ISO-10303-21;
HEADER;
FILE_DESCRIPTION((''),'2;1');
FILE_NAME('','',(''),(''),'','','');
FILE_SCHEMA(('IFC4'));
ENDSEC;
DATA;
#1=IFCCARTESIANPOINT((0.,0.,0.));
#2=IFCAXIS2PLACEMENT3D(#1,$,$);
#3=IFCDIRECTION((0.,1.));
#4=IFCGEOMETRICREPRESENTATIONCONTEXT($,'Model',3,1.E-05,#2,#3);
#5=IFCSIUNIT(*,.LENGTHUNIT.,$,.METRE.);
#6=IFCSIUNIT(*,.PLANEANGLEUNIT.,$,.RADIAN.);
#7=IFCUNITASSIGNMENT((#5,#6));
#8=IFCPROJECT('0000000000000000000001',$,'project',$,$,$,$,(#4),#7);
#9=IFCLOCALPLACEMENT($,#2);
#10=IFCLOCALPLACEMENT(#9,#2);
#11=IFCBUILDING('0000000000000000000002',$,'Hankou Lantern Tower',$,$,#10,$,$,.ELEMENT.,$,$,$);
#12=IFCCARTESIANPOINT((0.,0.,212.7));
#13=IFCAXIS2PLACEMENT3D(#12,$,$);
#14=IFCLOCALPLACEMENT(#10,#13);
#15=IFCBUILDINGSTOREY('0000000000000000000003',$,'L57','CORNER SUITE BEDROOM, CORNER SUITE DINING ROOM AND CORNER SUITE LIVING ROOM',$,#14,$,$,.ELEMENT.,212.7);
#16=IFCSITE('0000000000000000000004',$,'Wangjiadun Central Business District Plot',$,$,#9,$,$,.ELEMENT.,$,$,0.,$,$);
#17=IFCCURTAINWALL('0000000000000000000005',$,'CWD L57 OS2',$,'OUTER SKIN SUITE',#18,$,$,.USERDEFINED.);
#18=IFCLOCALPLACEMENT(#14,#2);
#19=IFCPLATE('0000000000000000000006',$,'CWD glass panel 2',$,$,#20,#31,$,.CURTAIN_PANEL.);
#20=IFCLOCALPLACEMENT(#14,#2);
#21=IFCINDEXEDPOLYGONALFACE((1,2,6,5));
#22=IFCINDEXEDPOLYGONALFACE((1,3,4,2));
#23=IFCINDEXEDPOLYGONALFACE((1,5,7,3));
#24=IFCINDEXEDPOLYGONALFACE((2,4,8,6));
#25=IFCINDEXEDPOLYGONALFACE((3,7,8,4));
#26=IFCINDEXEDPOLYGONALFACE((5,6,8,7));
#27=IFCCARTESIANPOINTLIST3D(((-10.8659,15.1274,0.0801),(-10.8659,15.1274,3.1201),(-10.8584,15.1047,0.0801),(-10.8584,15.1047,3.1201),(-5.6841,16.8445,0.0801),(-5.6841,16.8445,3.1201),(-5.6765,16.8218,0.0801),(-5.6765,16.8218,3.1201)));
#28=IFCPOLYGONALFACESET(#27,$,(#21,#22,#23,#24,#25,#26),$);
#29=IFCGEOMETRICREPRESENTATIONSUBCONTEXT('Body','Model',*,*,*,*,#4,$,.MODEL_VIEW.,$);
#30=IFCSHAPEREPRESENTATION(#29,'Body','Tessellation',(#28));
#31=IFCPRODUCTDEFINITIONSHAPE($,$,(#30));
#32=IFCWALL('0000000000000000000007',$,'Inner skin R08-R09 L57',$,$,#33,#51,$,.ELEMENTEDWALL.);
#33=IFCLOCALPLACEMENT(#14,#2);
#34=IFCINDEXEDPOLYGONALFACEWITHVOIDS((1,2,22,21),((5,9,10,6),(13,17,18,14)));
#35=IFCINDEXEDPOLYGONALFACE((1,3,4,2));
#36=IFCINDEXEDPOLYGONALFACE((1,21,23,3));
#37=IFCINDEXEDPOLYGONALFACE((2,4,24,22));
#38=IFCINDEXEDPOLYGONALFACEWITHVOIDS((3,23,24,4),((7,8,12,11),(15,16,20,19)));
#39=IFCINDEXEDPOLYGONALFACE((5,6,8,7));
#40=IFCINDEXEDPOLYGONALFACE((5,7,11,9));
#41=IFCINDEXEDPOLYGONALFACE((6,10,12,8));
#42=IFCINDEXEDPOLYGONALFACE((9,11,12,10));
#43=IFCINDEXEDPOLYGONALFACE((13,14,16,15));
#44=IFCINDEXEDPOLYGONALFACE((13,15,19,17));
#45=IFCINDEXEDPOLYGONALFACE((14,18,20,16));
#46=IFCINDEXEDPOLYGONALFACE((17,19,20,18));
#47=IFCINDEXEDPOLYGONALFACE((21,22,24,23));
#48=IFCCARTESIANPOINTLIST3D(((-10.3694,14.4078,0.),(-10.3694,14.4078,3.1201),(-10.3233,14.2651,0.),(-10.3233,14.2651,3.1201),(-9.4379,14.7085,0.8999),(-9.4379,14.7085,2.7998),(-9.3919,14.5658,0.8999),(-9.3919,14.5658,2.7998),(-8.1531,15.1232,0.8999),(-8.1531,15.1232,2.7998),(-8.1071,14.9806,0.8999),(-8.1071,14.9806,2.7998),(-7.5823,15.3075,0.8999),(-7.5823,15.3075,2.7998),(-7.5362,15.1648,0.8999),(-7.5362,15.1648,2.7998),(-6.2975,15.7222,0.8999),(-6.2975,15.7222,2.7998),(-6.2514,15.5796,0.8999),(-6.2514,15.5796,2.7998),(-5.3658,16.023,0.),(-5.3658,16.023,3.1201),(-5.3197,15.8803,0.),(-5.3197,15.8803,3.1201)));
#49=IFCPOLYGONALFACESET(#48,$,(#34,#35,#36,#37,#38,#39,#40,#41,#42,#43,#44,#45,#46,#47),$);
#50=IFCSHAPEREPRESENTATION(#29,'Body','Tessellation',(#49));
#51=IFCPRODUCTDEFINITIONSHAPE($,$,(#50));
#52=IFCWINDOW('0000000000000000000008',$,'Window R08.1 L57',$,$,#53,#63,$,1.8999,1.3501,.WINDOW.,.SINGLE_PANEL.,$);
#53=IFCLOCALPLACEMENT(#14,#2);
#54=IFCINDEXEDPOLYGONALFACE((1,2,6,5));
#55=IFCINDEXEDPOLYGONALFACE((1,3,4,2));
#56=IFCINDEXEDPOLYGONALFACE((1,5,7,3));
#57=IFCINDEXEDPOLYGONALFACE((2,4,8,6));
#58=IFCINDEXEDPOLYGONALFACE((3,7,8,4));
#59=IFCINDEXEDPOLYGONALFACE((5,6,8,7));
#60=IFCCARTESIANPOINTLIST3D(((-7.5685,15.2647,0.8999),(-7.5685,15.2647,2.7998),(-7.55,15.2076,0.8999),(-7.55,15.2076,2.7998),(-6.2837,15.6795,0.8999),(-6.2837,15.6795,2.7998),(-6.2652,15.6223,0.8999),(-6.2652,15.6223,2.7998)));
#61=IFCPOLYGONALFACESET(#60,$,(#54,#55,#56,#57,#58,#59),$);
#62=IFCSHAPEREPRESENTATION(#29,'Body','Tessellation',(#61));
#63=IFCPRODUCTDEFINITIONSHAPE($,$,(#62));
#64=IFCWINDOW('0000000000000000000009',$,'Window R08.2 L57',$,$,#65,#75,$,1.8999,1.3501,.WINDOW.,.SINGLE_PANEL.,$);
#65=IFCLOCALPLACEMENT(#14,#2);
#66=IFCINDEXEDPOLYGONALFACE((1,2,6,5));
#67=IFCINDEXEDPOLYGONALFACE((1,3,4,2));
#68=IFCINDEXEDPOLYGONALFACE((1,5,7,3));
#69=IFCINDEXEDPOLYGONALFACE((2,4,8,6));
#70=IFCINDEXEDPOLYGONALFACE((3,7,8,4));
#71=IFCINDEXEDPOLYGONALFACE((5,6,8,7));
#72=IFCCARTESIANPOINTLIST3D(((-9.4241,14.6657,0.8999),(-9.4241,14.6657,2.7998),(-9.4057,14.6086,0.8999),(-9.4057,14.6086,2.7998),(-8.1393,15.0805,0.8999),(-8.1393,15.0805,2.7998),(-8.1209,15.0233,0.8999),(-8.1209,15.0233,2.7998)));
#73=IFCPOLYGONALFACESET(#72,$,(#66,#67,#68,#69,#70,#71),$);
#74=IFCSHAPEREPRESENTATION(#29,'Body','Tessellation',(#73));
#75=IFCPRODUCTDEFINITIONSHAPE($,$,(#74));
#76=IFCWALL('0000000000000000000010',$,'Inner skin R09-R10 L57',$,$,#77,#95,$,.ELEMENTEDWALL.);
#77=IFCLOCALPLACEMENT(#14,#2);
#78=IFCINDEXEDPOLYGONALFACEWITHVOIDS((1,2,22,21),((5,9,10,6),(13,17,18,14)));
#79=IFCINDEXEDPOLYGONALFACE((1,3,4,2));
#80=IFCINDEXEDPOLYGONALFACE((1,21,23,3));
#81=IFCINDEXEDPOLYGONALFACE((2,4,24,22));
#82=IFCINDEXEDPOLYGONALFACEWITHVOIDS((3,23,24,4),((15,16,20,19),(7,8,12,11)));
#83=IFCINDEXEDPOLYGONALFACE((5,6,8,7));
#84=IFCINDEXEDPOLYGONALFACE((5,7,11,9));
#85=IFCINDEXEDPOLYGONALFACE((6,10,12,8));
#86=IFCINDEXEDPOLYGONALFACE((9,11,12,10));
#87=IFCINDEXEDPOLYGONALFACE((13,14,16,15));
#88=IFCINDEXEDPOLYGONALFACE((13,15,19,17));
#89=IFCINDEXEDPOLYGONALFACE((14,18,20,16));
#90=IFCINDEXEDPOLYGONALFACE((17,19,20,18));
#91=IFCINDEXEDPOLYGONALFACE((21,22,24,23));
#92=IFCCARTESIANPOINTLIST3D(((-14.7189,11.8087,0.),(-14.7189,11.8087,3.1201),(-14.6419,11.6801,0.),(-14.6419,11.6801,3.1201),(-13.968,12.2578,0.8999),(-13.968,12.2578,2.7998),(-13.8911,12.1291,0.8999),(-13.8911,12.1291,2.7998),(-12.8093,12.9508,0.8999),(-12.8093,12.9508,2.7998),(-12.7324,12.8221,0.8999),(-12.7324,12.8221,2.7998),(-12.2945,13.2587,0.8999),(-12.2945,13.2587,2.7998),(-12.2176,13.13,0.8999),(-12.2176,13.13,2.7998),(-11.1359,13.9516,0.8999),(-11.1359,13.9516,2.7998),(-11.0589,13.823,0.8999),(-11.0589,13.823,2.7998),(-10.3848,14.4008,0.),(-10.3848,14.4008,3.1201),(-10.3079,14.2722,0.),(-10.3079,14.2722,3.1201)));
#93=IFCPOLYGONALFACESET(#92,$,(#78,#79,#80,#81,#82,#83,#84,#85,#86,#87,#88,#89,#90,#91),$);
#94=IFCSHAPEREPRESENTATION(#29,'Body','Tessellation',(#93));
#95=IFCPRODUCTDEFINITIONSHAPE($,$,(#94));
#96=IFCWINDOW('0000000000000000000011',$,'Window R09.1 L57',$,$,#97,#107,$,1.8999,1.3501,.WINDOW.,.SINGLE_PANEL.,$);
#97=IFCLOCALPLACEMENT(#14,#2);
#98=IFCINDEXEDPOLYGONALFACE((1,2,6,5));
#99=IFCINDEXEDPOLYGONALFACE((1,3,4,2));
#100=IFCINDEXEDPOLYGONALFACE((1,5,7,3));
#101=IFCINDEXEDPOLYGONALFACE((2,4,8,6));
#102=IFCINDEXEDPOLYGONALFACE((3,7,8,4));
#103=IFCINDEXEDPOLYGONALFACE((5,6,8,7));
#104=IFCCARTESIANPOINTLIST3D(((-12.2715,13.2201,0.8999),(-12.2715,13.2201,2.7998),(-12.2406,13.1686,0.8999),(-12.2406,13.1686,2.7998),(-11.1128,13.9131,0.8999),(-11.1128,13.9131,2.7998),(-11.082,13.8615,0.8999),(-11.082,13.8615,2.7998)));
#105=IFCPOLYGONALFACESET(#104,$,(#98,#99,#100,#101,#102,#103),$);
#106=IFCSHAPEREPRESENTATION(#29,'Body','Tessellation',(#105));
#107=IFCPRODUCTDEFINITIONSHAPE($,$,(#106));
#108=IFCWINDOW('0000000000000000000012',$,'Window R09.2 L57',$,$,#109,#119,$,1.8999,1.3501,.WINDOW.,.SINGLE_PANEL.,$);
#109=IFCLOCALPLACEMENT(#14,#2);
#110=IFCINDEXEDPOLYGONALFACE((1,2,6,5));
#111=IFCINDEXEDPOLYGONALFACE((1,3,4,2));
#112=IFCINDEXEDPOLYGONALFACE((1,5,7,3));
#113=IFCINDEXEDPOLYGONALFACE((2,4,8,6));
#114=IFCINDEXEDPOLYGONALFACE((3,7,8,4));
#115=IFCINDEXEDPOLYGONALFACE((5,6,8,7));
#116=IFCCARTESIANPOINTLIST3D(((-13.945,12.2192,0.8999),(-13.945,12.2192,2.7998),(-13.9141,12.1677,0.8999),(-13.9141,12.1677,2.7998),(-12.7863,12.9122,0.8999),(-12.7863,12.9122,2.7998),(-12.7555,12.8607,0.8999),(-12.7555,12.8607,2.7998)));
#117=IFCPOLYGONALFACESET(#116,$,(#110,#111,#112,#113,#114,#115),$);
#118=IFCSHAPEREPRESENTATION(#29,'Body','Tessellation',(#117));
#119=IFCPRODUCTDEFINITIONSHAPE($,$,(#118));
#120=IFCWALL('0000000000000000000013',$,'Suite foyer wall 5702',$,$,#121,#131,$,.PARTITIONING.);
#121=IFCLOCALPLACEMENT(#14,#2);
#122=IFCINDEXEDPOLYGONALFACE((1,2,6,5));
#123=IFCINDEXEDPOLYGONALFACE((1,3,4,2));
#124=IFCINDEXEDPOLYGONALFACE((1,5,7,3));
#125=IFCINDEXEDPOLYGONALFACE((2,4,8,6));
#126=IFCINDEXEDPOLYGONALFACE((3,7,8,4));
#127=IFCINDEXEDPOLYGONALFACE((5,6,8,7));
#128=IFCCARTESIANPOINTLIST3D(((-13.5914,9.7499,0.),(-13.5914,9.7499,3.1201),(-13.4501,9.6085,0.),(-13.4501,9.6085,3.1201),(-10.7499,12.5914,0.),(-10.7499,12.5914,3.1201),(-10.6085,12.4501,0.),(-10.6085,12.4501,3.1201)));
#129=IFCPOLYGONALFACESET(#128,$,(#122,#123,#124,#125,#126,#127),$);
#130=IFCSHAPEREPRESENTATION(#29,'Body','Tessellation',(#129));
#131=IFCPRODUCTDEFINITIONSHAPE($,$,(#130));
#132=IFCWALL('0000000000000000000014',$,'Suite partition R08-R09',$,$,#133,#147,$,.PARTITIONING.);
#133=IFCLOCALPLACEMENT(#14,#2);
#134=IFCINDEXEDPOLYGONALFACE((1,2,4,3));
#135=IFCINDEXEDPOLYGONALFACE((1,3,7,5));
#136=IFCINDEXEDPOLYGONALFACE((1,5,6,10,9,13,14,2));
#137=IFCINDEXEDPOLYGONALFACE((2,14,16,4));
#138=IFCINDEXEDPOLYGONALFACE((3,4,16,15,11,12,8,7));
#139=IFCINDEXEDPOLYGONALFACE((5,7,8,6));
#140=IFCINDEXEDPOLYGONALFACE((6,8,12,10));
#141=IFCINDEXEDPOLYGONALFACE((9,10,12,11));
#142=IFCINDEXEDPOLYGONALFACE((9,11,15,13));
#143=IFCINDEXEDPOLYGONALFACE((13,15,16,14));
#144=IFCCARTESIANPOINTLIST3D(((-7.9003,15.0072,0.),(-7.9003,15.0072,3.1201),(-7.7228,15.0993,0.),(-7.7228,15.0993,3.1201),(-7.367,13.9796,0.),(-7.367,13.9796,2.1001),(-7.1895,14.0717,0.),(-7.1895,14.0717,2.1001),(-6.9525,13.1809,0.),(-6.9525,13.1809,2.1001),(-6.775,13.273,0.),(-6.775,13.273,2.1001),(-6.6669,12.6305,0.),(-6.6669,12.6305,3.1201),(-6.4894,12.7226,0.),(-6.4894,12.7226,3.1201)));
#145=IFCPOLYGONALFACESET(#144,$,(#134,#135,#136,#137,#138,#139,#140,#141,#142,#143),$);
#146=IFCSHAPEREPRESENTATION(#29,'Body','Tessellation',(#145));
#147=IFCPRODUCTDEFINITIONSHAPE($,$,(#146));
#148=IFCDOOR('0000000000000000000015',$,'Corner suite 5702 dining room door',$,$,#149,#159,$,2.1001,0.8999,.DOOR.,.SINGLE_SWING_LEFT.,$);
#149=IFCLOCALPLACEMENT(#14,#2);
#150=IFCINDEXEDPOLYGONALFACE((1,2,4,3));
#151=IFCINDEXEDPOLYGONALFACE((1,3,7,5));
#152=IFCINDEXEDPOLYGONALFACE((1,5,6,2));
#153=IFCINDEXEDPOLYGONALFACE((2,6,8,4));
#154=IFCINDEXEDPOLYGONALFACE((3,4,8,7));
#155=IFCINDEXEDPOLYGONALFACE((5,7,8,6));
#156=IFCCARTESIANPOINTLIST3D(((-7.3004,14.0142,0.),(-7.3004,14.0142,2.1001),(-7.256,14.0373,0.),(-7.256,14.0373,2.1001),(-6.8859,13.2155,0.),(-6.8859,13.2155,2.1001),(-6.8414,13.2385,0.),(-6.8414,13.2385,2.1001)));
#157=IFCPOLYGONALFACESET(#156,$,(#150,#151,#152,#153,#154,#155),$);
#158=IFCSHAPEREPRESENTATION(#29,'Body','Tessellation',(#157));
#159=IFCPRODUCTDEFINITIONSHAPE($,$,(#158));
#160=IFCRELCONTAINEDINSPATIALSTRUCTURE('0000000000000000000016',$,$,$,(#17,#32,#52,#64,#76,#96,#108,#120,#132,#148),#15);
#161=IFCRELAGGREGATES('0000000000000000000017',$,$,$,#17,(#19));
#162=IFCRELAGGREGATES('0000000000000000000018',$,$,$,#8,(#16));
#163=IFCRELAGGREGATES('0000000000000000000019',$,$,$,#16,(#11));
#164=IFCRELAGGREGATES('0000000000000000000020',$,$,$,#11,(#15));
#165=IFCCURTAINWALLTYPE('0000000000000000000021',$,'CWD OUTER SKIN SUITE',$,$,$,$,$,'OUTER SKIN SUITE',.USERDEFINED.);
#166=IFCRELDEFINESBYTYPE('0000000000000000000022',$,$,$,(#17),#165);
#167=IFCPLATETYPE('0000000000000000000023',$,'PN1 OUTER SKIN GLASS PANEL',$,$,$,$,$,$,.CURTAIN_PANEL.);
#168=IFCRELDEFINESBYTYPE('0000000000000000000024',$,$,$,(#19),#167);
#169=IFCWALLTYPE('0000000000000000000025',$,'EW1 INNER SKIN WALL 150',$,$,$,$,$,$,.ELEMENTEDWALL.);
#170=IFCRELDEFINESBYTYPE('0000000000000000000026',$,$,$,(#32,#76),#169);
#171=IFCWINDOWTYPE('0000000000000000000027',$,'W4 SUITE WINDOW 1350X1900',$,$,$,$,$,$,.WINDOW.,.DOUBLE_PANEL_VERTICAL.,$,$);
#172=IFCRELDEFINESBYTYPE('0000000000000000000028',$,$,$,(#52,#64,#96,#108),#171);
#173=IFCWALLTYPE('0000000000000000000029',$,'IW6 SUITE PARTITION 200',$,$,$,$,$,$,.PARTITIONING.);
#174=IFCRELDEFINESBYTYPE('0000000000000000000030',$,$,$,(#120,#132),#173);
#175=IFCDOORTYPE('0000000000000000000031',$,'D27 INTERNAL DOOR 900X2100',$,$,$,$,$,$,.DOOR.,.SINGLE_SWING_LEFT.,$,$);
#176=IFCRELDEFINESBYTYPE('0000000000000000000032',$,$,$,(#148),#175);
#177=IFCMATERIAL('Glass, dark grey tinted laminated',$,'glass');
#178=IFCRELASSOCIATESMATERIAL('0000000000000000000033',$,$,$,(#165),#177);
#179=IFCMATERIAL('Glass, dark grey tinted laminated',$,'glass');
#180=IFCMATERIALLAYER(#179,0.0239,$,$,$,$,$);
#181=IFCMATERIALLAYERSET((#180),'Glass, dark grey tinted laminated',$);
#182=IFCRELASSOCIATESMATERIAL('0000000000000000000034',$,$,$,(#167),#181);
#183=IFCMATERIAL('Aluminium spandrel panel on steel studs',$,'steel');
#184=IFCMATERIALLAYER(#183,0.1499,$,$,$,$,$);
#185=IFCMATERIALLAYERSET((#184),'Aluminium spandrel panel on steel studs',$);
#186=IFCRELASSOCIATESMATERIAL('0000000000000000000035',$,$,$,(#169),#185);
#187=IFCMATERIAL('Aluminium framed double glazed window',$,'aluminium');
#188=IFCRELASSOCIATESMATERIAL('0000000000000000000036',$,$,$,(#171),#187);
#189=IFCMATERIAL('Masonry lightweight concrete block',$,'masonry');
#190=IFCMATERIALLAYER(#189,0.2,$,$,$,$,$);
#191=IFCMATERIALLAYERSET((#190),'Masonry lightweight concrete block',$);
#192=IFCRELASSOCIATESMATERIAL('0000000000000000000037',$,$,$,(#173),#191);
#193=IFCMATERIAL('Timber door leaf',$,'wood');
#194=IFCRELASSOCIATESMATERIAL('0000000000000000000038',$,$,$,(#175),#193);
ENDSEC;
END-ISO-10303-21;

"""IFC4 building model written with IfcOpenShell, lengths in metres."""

from ifc_helpers import new_model, si_unit, direction, frame, frame_2d, origin, origin_2d, place, context, subcontext, project, spatial, rectangle, extrude, material, layer, layer_set, type_object, element, fill, aggregate, save


model = new_model("IFC4")

# Units and contexts
model_context = context("Model", 3, precision=1e-05, world=origin(), true_north=direction((0.0, 1.0)))
body_context = subcontext(model_context, "Body", "Model", "MODEL_VIEW")
ifc_project = project(units=[si_unit("LENGTHUNIT", "METRE"), si_unit("PLANEANGLEUNIT", "RADIAN")], contexts=[model_context])

# Site, building, storey
site_placement = place(None, origin())
site = spatial("IfcSite", under=ifc_project, at=site_placement, Name="Wangjiadun Central Business District Plot", CompositionType="ELEMENT", RefElevation=0.0)
building_placement = place(site_placement, origin())
building = spatial("IfcBuilding", under=site, at=building_placement, Name="Hankou Lantern Tower", CompositionType="ELEMENT")
storey_placement = place(building_placement, frame((0.0, 0.0, 212.7)))
storey = spatial("IfcBuildingStorey", under=building, at=storey_placement, Name="L57", Description="CORNER SUITE BEDROOM, CORNER SUITE DINING ROOM AND CORNER SUITE LIVING ROOM", CompositionType="ELEMENT", Elevation=212.7)

# Curtain wall
ifc_material_1 = material(Name="Glass, dark grey tinted laminated", Category="glass")
curtain_wall_type = type_object("IfcCurtainWallType", Name="CWD OUTER SKIN SUITE", ElementType="OUTER SKIN SUITE", PredefinedType="USERDEFINED", material=ifc_material_1)
curtain_wall_placement = place(storey_placement, origin())
curtain_wall = element("IfcCurtainWall", 1, at=curtain_wall_placement, inside=storey, type_object=curtain_wall_type, Name="CWD L57 OS2", ObjectType="OUTER SKIN SUITE", PredefinedType="USERDEFINED")

# Plate
ifc_material_2 = material(Name="Glass, dark grey tinted laminated", Category="glass")
ifc_layer_1 = layer(ifc_material_2, 0.0239)
ifc_layer_set_1 = layer_set([ifc_layer_1], Name="Glass, dark grey tinted laminated")
plate_type = type_object("IfcPlateType", Name="PN1 OUTER SKIN GLASS PANEL", PredefinedType="CURTAIN_PANEL", material=ifc_layer_set_1)
plate_1_placement = place(storey_placement, frame((-8.2712, 15.9746, 0.0801), z_axis=(0.0, 0.0, 1.0), x_axis=(-0.949241, -0.314551, 0.0)))
plate_1 = element("IfcPlate", 2, at=plate_1_placement, type_object=plate_type, Name="CWD glass panel 2", PredefinedType="CURTAIN_PANEL", context=body_context, shape_type="SweptSolid", body=[
    extrude(rectangle(XDim=5.459, YDim=0.0239, at=origin_2d()), origin(), (0.0, 0.0, 1.0), 3.04),
])
aggregate(curtain_wall, [plate_1])

# Walls, openings, windows
ifc_material_3 = material(Name="Aluminium spandrel panel on steel studs", Category="steel")
ifc_layer_2 = layer(ifc_material_3, 0.1499)
ifc_layer_set_2 = layer_set([ifc_layer_2], Name="Aluminium spandrel panel on steel studs")
wall_type_1 = type_object("IfcWallType", Name="EW1 INNER SKIN WALL 150", PredefinedType="ELEMENTEDWALL", material=ifc_layer_set_2)
wall_1_placement = place(storey_placement, frame((-5.3428, 15.9517, 0.0), z_axis=(0.0, 0.0, 1.0), x_axis=(-0.951645, -0.307201, 0.0)))
wall_1 = element("IfcWall", 3, at=wall_1_placement, inside=storey, type_object=wall_type_1, Name="Inner skin R08-R09 L57", PredefinedType="ELEMENTEDWALL", context=body_context, shape_type="SweptSolid", body=[
    extrude(rectangle(XDim=5.2578, YDim=0.1499, at=frame_2d((2.6289, 0.0))), origin(), (0.0, 0.0, 1.0), 3.1201),
])
opening_1_placement = place(wall_1_placement, frame((0.979, 0.0, 0.8999)))
opening_1 = element("IfcOpeningElement", 4, at=opening_1_placement, cuts=wall_1, PredefinedType="OPENING", context=body_context, shape_type="SweptSolid", body=[
    extrude(rectangle(XDim=1.3501, YDim=1.8999, at=frame_2d((0.675, 0.95))), frame((0.0, 0.085, 0.0), z_axis=(0.0, -1.0, 0.0), x_axis=(1.0, 0.0, 0.0)), (0.0, 0.0, 1.0), 0.1699),
])
opening_2_placement = place(wall_1_placement, frame((2.929, 0.0, 0.8999)))
opening_2 = element("IfcOpeningElement", 5, at=opening_2_placement, cuts=wall_1, PredefinedType="OPENING", context=body_context, shape_type="SweptSolid", body=[
    extrude(rectangle(XDim=1.3501, YDim=1.8999, at=frame_2d((0.675, 0.95))), frame((0.0, 0.085, 0.0), z_axis=(0.0, -1.0, 0.0), x_axis=(1.0, 0.0, 0.0)), (0.0, 0.0, 1.0), 0.1699),
])
ifc_material_4 = material(Name="Aluminium framed double glazed window", Category="aluminium")
window_type = type_object("IfcWindowType", Name="W4 SUITE WINDOW 1350X1900", PartitioningType="DOUBLE_PANEL_VERTICAL", PredefinedType="WINDOW", material=ifc_material_4)
window_1_placement = place(opening_1_placement, origin())
window_1 = element("IfcWindow", 6, at=window_1_placement, inside=storey, type_object=window_type, Name="Window R08.1 L57", OverallHeight=1.8999, OverallWidth=1.3501, PartitioningType="SINGLE_PANEL", PredefinedType="WINDOW", context=body_context, shape_type="SweptSolid", body=[
    extrude(rectangle(XDim=1.3501, YDim=1.8999, at=frame_2d((0.675, 0.95))), frame((0.0, 0.03, 0.0), z_axis=(0.0, -1.0, 0.0), x_axis=(1.0, 0.0, 0.0)), (0.0, 0.0, 1.0), 0.0601),
])
fill(opening_1, window_1)
window_2_placement = place(opening_2_placement, origin())
window_2 = element("IfcWindow", 7, at=window_2_placement, inside=storey, type_object=window_type, Name="Window R08.2 L57", OverallHeight=1.8999, OverallWidth=1.3501, PartitioningType="SINGLE_PANEL", PredefinedType="WINDOW", context=body_context, shape_type="SweptSolid", body=[
    extrude(rectangle(XDim=1.3501, YDim=1.8999, at=frame_2d((0.675, 0.95))), frame((0.0, 0.03, 0.0), z_axis=(0.0, -1.0, 0.0), x_axis=(1.0, 0.0, 0.0)), (0.0, 0.0, 1.0), 0.0601),
])
fill(opening_2, window_2)
wall_2_placement = place(storey_placement, frame((-10.3464, 14.3364, 0.0), z_axis=(0.0, 0.0, 1.0), x_axis=(-0.858222, -0.51328, 0.0)))
wall_2 = element("IfcWall", 8, at=wall_2_placement, inside=storey, type_object=wall_type_1, Name="Inner skin R09-R10 L57", PredefinedType="ELEMENTEDWALL", context=body_context, shape_type="SweptSolid", body=[
    extrude(rectangle(XDim=5.05, YDim=0.1499, at=frame_2d((2.5249, 0.0))), origin(), (0.0, 0.0, 1.0), 3.1201),
])
opening_3_placement = place(wall_2_placement, frame((0.875, 0.0, 0.8999)))
opening_3 = element("IfcOpeningElement", 9, at=opening_3_placement, cuts=wall_2, PredefinedType="OPENING", context=body_context, shape_type="SweptSolid", body=[
    extrude(rectangle(XDim=1.3501, YDim=1.8999, at=frame_2d((0.675, 0.95))), frame((0.0, 0.085, 0.0), z_axis=(0.0, -1.0, 0.0), x_axis=(1.0, 0.0, 0.0)), (0.0, 0.0, 1.0), 0.1699),
])
opening_4_placement = place(wall_2_placement, frame((2.825, 0.0, 0.8999)))
opening_4 = element("IfcOpeningElement", 10, at=opening_4_placement, cuts=wall_2, PredefinedType="OPENING", context=body_context, shape_type="SweptSolid", body=[
    extrude(rectangle(XDim=1.3501, YDim=1.8999, at=frame_2d((0.675, 0.95))), frame((0.0, 0.085, 0.0), z_axis=(0.0, -1.0, 0.0), x_axis=(1.0, 0.0, 0.0)), (0.0, 0.0, 1.0), 0.1699),
])
window_3_placement = place(opening_3_placement, origin())
window_3 = element("IfcWindow", 11, at=window_3_placement, inside=storey, type_object=window_type, Name="Window R09.1 L57", OverallHeight=1.8999, OverallWidth=1.3501, PartitioningType="SINGLE_PANEL", PredefinedType="WINDOW", context=body_context, shape_type="SweptSolid", body=[
    extrude(rectangle(XDim=1.3501, YDim=1.8999, at=frame_2d((0.675, 0.95))), frame((0.0, 0.03, 0.0), z_axis=(0.0, -1.0, 0.0), x_axis=(1.0, 0.0, 0.0)), (0.0, 0.0, 1.0), 0.0601),
])
fill(opening_3, window_3)
window_4_placement = place(opening_4_placement, origin())
window_4 = element("IfcWindow", 12, at=window_4_placement, inside=storey, type_object=window_type, Name="Window R09.2 L57", OverallHeight=1.8999, OverallWidth=1.3501, PartitioningType="SINGLE_PANEL", PredefinedType="WINDOW", context=body_context, shape_type="SweptSolid", body=[
    extrude(rectangle(XDim=1.3501, YDim=1.8999, at=frame_2d((0.675, 0.95))), frame((0.0, 0.03, 0.0), z_axis=(0.0, -1.0, 0.0), x_axis=(1.0, 0.0, 0.0)), (0.0, 0.0, 1.0), 0.0601),
])
fill(opening_4, window_4)

# Wall
ifc_material_5 = material(Name="Masonry lightweight concrete block", Category="masonry")
ifc_layer_3 = layer(ifc_material_5, 0.2)
ifc_layer_set_3 = layer_set([ifc_layer_3], Name="Masonry lightweight concrete block")
wall_type_2 = type_object("IfcWallType", Name="IW6 SUITE PARTITION 200", PredefinedType="PARTITIONING", material=ifc_layer_set_3)
wall_3_placement = place(storey_placement, frame((-10.6792, 12.5208, 0.0), z_axis=(0.0, 0.0, 1.0), x_axis=(-0.707107, -0.707107, 0.0)))
element("IfcWall", 13, at=wall_3_placement, inside=storey, type_object=wall_type_2, Name="Suite foyer wall 5702", PredefinedType="PARTITIONING", context=body_context, shape_type="SweptSolid", body=[
    extrude(rectangle(XDim=4.0186, YDim=0.2, at=frame_2d((2.0093, 0.0))), origin(), (0.0, 0.0, 1.0), 3.1201),
])

# Wall, opening, door
wall_4_placement = place(storey_placement, frame((-6.5781, 12.6765, 0.0), z_axis=(0.0, 0.0, 1.0), x_axis=(-0.460621, 0.887597, 0.0)))
wall_4 = element("IfcWall", 14, at=wall_4_placement, inside=storey, type_object=wall_type_2, Name="Suite partition R08-R09", PredefinedType="PARTITIONING", context=body_context, shape_type="SweptSolid", body=[
    extrude(rectangle(XDim=2.6777, YDim=0.2, at=frame_2d((1.3389, 0.0))), origin(), (0.0, 0.0, 1.0), 3.1201),
])
opening_5_placement = place(wall_4_placement, frame((0.6201, 0.0, 0.0)))
opening_5 = element("IfcOpeningElement", 15, at=opening_5_placement, cuts=wall_4, PredefinedType="OPENING", context=body_context, shape_type="SweptSolid", body=[
    extrude(rectangle(XDim=0.8999, YDim=2.1001, at=frame_2d((0.45, 1.05))), frame((0.0, 0.1099, 0.0), z_axis=(0.0, -1.0, 0.0), x_axis=(1.0, 0.0, 0.0)), (0.0, 0.0, 1.0), 0.22),
])
ifc_material_6 = material(Name="Timber door leaf", Category="wood")
door_type = type_object("IfcDoorType", Name="D27 INTERNAL DOOR 900X2100", OperationType="SINGLE_SWING_LEFT", PredefinedType="DOOR", material=ifc_material_6)
door_placement = place(opening_5_placement, origin())
door = element("IfcDoor", 16, at=door_placement, inside=storey, type_object=door_type, Name="Corner suite 5702 dining room door", OperationType="SINGLE_SWING_LEFT", OverallHeight=2.1001, OverallWidth=0.8999, PredefinedType="DOOR", context=body_context, shape_type="SweptSolid", body=[
    extrude(rectangle(XDim=0.8999, YDim=2.1001, at=frame_2d((0.45, 1.05))), frame((0.0, 0.0249, 0.0), z_axis=(0.0, -1.0, 0.0), x_axis=(1.0, 0.0, 0.0)), (0.0, 0.0, 1.0), 0.05),
])
fill(opening_5, door)

save(model, "model.ifc")
